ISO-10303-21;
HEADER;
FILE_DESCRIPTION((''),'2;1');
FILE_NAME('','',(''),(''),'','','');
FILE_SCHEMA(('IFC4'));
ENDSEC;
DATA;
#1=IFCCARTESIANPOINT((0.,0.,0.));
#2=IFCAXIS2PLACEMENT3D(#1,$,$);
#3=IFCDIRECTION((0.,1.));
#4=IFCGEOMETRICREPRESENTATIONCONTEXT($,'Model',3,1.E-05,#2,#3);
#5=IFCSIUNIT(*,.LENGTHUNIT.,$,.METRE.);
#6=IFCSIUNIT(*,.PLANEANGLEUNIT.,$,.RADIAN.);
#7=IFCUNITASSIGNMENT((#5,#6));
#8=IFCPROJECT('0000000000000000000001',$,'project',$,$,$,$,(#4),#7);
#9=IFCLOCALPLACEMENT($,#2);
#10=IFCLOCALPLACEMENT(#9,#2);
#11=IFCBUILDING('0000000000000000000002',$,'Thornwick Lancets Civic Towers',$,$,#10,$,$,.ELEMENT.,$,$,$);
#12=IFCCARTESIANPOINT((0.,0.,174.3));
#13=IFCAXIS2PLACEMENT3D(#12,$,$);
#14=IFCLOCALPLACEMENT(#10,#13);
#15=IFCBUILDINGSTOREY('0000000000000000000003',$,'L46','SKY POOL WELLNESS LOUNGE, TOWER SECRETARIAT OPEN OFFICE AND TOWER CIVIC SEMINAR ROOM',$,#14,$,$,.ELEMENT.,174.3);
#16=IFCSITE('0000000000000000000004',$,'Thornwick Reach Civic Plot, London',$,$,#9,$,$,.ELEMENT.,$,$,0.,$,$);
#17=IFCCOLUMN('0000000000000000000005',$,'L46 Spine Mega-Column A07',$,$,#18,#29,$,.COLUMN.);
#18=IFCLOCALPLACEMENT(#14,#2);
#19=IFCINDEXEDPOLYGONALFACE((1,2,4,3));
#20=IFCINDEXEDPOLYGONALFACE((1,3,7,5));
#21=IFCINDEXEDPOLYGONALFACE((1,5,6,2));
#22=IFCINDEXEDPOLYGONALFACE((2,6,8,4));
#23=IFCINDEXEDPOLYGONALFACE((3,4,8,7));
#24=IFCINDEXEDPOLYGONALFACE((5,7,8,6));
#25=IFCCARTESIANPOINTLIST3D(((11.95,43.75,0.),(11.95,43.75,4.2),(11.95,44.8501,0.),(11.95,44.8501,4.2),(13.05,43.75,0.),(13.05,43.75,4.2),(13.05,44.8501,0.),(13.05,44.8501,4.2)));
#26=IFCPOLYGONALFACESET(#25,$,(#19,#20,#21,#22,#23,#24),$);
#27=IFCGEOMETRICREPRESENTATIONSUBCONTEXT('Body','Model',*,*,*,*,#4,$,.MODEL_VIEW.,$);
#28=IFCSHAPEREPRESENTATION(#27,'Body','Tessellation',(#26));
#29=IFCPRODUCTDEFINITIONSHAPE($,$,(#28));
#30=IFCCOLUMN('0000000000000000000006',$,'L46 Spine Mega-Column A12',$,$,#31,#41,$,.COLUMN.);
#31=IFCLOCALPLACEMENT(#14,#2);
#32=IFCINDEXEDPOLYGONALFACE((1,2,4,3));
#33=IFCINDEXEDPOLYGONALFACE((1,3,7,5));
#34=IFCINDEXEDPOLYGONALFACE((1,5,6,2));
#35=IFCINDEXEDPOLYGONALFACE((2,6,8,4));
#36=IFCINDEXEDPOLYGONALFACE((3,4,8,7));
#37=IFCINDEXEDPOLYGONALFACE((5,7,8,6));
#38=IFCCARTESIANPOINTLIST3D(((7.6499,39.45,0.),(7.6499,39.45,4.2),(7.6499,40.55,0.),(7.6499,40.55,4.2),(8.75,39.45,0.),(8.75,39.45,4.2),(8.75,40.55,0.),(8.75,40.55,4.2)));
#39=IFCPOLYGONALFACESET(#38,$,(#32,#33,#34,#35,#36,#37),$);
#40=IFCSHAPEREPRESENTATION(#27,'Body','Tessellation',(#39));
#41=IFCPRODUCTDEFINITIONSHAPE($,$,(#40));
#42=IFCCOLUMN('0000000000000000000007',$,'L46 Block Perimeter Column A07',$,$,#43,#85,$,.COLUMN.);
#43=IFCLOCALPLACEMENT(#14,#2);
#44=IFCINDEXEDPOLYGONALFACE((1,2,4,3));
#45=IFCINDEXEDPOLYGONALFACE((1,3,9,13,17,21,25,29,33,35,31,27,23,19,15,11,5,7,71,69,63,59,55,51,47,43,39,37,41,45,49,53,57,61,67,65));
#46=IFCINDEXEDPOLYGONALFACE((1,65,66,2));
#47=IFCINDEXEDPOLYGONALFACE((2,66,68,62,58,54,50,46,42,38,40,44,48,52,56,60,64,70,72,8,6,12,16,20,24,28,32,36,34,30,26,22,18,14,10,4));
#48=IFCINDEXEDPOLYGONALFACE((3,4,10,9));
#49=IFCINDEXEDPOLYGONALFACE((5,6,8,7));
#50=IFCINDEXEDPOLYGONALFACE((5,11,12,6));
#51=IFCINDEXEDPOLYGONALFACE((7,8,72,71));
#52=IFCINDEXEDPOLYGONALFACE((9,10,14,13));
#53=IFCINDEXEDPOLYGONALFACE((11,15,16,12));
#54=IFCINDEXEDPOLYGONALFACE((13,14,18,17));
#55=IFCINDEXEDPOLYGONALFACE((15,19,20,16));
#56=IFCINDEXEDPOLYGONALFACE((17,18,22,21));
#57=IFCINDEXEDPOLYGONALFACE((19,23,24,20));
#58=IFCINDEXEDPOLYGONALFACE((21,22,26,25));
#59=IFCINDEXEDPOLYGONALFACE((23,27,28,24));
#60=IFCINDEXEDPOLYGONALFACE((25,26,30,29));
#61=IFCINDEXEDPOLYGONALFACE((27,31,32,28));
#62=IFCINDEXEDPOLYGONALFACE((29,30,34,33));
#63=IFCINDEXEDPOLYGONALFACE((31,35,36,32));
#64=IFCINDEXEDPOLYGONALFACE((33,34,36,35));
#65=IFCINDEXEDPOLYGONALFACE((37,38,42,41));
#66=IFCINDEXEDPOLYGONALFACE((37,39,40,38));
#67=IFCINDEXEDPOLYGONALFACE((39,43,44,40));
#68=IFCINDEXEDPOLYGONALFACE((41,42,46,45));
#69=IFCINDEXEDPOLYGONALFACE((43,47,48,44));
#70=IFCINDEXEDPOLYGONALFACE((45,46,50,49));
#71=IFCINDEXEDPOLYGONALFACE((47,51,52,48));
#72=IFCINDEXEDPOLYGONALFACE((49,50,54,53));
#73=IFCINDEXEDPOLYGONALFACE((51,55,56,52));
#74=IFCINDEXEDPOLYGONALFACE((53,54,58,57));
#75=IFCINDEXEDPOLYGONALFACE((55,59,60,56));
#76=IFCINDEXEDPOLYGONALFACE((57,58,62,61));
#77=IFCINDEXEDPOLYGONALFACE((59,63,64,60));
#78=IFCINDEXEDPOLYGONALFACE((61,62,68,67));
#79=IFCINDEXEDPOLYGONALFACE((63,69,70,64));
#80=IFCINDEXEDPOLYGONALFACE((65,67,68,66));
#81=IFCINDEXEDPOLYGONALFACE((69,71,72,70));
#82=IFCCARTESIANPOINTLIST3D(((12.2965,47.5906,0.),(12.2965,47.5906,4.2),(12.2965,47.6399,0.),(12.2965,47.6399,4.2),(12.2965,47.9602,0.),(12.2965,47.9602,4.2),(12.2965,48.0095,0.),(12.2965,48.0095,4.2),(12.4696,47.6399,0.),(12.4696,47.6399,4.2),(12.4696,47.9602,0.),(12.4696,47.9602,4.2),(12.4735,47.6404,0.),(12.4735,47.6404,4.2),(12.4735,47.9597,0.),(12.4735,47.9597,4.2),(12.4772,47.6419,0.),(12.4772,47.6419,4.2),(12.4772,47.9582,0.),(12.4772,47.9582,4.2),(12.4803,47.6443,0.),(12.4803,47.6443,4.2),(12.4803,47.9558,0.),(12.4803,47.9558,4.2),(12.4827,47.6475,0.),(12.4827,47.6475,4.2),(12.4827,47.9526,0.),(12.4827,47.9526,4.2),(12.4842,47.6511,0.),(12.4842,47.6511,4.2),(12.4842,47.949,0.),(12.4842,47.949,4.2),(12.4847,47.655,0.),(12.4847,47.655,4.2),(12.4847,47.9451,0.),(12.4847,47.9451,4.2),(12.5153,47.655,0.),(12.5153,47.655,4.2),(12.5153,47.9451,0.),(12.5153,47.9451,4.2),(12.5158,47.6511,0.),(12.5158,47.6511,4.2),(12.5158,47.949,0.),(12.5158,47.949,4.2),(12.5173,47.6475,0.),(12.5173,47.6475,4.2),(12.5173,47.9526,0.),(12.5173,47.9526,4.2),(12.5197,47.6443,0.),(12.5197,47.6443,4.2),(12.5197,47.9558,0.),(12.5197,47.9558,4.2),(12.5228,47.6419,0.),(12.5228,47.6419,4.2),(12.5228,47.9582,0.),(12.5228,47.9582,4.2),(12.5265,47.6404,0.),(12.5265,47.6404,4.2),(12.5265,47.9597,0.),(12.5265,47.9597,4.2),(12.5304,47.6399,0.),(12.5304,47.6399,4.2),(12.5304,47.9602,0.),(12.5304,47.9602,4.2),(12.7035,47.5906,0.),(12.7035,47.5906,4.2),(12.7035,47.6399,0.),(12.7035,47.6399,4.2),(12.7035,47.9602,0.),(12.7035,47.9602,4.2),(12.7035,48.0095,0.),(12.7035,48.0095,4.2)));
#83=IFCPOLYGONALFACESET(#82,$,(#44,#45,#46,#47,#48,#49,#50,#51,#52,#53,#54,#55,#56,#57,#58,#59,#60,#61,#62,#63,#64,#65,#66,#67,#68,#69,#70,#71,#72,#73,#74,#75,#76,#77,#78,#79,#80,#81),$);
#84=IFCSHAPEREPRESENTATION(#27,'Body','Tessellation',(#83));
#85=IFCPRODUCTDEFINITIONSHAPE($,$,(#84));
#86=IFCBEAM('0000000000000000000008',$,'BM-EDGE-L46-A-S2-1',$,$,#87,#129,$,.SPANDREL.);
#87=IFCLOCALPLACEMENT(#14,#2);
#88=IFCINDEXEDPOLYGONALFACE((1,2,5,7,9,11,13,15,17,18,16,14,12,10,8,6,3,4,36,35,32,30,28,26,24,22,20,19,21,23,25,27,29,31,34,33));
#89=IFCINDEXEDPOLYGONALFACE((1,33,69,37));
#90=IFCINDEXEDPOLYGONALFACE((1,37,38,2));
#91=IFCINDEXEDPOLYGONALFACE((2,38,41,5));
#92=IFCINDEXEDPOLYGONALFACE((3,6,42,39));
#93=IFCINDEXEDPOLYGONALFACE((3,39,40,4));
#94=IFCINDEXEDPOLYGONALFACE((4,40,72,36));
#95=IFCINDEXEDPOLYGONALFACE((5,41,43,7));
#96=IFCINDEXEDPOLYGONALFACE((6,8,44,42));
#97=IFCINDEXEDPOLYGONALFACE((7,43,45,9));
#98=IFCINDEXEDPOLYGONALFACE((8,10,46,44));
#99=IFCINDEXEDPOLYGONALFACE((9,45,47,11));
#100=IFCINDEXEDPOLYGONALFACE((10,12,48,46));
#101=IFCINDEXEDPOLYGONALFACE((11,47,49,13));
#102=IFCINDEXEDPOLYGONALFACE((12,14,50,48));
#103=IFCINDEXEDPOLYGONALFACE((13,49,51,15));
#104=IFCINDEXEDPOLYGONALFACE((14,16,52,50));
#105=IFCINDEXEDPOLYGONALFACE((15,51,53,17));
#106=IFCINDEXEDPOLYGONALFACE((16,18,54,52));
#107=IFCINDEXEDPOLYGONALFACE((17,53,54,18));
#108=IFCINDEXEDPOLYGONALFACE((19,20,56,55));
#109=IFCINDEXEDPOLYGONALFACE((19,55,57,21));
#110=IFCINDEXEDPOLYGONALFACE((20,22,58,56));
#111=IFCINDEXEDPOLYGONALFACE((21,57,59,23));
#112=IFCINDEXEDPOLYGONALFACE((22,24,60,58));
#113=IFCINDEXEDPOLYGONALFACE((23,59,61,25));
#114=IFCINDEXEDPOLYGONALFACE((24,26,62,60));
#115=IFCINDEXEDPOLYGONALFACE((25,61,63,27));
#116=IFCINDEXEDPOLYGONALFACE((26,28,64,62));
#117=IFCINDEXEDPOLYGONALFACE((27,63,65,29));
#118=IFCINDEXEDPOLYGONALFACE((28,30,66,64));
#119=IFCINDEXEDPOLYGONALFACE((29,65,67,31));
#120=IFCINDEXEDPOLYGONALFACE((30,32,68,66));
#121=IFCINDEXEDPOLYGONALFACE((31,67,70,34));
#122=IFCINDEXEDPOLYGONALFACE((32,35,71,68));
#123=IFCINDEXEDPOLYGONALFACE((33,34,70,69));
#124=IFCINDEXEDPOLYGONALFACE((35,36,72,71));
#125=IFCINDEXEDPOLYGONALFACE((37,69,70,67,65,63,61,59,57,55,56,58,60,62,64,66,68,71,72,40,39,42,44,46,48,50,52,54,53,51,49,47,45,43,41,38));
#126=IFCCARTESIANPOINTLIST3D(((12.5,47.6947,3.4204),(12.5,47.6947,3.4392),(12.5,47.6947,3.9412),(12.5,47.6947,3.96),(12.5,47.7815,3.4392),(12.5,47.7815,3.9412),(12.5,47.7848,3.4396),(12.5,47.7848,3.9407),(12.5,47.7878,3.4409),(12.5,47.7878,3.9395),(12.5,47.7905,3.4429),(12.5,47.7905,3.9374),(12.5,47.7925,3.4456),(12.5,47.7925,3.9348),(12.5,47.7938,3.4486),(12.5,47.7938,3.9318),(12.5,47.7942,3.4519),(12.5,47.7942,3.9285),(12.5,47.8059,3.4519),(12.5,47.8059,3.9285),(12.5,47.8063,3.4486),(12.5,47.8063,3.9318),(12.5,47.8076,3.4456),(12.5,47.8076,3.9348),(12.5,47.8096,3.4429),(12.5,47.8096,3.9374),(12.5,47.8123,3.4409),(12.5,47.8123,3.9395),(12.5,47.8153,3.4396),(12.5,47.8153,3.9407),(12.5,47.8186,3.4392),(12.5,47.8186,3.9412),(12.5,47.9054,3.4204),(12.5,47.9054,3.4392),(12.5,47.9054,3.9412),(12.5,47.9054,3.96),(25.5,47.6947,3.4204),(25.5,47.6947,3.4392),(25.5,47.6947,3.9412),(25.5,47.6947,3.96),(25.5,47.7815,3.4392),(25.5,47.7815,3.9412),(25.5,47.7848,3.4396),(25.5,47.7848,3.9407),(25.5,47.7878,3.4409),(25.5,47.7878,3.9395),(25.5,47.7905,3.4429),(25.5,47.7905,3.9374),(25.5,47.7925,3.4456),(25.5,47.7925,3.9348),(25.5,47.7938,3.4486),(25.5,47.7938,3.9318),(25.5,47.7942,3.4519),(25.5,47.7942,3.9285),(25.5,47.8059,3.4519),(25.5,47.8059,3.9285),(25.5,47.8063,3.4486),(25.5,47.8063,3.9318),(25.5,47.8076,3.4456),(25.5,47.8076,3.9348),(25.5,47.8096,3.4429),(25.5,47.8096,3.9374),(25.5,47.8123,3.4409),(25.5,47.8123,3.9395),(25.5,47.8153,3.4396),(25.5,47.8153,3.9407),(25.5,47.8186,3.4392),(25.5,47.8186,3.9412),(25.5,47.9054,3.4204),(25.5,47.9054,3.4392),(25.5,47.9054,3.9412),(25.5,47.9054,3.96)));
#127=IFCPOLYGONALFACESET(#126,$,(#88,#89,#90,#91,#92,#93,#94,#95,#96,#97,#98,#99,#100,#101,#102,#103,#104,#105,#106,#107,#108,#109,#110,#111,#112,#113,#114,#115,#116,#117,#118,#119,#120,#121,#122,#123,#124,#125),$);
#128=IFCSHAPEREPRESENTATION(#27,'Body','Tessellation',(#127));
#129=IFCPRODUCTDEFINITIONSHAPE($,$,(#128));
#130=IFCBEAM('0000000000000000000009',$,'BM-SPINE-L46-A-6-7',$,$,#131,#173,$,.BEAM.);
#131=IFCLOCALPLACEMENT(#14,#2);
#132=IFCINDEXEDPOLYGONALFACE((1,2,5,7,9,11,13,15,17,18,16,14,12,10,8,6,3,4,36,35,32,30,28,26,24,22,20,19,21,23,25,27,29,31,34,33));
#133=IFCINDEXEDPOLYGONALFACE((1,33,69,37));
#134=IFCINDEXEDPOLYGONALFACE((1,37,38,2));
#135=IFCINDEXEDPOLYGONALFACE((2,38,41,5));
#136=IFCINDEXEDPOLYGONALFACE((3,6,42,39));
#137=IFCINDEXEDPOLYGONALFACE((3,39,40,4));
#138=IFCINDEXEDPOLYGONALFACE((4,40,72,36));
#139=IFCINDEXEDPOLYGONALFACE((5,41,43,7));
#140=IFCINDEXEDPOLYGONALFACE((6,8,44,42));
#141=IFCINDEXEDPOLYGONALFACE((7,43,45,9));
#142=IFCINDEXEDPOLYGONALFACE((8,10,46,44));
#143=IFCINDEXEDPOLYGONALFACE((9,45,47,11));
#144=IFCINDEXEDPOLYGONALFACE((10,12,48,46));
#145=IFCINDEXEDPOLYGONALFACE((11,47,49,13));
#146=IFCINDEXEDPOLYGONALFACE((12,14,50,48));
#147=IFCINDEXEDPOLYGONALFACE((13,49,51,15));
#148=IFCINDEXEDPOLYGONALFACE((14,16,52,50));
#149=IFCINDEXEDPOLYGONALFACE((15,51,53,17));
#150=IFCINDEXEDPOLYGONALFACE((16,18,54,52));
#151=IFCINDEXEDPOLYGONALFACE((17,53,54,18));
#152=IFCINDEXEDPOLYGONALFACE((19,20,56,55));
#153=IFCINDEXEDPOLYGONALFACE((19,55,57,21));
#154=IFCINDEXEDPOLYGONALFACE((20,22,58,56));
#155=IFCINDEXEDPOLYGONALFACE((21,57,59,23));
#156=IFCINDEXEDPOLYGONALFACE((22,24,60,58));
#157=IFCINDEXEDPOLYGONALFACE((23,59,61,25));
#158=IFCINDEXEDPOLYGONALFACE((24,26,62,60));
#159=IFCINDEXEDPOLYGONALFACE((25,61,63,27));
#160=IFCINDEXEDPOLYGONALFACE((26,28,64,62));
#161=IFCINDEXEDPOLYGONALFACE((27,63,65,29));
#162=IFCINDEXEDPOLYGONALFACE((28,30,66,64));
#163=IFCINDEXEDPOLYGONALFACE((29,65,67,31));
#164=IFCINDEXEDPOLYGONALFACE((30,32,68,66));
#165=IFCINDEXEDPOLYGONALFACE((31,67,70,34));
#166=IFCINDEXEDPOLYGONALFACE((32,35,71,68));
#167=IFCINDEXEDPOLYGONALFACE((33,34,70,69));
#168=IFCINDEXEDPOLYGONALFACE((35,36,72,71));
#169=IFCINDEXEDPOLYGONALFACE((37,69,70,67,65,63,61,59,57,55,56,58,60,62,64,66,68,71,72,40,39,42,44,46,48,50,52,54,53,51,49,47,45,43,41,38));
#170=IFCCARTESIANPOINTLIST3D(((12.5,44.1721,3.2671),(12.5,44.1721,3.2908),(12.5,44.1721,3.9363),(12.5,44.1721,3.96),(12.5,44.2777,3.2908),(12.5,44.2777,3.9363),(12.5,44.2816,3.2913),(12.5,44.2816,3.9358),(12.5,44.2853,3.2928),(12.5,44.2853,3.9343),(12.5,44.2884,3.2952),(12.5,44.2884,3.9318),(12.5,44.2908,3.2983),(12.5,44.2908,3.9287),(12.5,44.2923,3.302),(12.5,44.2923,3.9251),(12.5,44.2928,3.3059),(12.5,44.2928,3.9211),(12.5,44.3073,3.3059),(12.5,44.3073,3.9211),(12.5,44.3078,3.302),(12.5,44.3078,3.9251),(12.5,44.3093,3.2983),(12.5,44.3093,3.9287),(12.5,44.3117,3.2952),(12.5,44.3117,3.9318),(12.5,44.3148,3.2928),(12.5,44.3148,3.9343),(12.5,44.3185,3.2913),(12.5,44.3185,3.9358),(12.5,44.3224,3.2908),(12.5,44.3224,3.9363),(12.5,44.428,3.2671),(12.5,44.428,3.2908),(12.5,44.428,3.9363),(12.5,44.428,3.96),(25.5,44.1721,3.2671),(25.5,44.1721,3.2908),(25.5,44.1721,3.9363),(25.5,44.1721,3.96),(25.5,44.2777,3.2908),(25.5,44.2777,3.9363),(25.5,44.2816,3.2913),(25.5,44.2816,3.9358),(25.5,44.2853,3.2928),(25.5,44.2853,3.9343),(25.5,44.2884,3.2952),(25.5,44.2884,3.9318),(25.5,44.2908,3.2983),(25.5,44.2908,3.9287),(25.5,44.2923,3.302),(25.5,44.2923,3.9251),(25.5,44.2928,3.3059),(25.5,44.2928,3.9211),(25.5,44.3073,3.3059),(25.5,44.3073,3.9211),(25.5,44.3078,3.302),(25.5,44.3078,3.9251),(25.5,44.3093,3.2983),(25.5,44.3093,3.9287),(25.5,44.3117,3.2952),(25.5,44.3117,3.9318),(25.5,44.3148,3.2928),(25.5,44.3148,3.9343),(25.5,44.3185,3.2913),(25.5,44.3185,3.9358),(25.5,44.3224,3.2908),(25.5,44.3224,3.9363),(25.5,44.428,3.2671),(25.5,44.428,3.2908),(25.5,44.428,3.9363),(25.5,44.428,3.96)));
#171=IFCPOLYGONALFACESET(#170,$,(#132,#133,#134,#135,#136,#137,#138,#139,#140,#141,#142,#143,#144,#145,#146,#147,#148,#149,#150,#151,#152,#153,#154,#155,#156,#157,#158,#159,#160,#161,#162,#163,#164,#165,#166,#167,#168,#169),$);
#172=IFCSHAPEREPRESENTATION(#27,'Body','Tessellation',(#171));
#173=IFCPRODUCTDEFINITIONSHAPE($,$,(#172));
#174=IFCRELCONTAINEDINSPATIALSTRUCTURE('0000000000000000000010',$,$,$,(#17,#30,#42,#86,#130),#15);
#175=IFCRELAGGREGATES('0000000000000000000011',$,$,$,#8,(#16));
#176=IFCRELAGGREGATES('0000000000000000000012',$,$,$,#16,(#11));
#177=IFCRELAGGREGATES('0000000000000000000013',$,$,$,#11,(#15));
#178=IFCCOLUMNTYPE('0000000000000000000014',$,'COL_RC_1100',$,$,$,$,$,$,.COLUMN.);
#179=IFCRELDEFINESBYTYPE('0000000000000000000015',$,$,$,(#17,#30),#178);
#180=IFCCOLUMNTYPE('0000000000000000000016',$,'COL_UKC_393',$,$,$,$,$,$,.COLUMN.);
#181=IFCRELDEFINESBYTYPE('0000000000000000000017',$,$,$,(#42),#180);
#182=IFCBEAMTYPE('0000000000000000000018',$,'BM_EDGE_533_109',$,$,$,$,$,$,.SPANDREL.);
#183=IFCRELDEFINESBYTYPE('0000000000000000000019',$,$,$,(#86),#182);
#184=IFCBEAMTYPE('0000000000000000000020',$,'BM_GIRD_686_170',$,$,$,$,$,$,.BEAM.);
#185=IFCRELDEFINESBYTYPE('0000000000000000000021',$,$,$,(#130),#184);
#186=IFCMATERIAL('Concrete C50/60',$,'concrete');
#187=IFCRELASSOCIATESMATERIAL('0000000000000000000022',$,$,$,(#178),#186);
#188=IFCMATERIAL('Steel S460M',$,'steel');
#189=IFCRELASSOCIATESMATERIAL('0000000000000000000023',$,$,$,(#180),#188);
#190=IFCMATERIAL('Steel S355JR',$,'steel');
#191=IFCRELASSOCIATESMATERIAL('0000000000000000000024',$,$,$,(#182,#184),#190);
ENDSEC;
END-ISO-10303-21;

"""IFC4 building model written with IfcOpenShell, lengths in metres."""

from ifc_helpers import new_model, si_unit, direction, frame, origin, origin_2d, place, context, subcontext, project, spatial, rectangle, i_section, extrude, material, material_profile, profile_set, type_object, element, save


model = new_model("IFC4")

# Units and contexts
model_context = context("Model", 3, precision=1e-05, world=origin(), true_north=direction((0.0, 1.0)))
body_context = subcontext(model_context, "Body", "Model", "MODEL_VIEW")
ifc_project = project(units=[si_unit("LENGTHUNIT", "METRE"), si_unit("PLANEANGLEUNIT", "RADIAN")], contexts=[model_context])

# Site, building, storey
site_placement = place(None, origin())
site = spatial("IfcSite", under=ifc_project, at=site_placement, Name="Thornwick Reach Civic Plot, London", CompositionType="ELEMENT", RefElevation=0.0)
building_placement = place(site_placement, origin())
building = spatial("IfcBuilding", under=site, at=building_placement, Name="Thornwick Lancets Civic Towers", CompositionType="ELEMENT")
storey_placement = place(building_placement, frame((0.0, 0.0, 174.3)))
storey = spatial("IfcBuildingStorey", under=building, at=storey_placement, Name="L46", Description="SKY POOL WELLNESS LOUNGE, TOWER SECRETARIAT OPEN OFFICE AND TOWER CIVIC SEMINAR ROOM", CompositionType="ELEMENT", Elevation=174.3)

# Columns
ifc_material_1 = material(Name="Concrete C50/60", Category="concrete")
ifc_material_profile_1 = material_profile(ifc_material_1, rectangle(XDim=1.1001, YDim=1.1001, at=origin_2d()), Name="RC 1100x1100")
ifc_profile_set_1 = profile_set([ifc_material_profile_1], Name="Concrete C50/60")
column_type_1 = type_object("IfcColumnType", Name="COL_RC_1100", PredefinedType="COLUMN", material=ifc_profile_set_1)
for number, where, z_axis, x_axis, name in (
    (1, (12.5, 44.3, 0.0), (0.0, 0.0, 1.0), (1.0, 0.0, 0.0), "L46 Spine Mega-Column A07"),
    (2, (8.2, 40.0, 0.0), (0.0, 0.0, 1.0), (1.0, 0.0, 0.0), "L46 Spine Mega-Column A12"),
):
    element("IfcColumn", number, at=place(storey_placement, frame(where, z_axis=z_axis, x_axis=x_axis)), inside=storey, type_object=column_type_1, Name=name, PredefinedType="COLUMN", context=body_context, shape_type="SweptSolid", body=[
        extrude(rectangle(XDim=1.1001, YDim=1.1001, at=origin_2d()), origin(), (0.0, 0.0, 1.0), 4.2),
    ])
ifc_material_2 = material(Name="Steel S460M", Category="steel")
ifc_material_profile_2 = material_profile(ifc_material_2, i_section(OverallWidth=0.407, OverallDepth=0.4189, WebThickness=0.0305, FlangeThickness=0.0493, FilletRadius=0.0151, at=origin_2d()), Name="UKC 356x406x393")
ifc_profile_set_2 = profile_set([ifc_material_profile_2], Name="Steel S460M")
column_type_2 = type_object("IfcColumnType", Name="COL_UKC_393", PredefinedType="COLUMN", material=ifc_profile_set_2)
column_placement = place(storey_placement, frame((12.5, 47.8, 0.0), z_axis=(0.0, 0.0, 1.0), x_axis=(1.0, 0.0, 0.0)))
element("IfcColumn", 3, at=column_placement, inside=storey, type_object=column_type_2, Name="L46 Block Perimeter Column A07", PredefinedType="COLUMN", context=body_context, shape_type="SweptSolid", body=[
    extrude(i_section(OverallWidth=0.407, OverallDepth=0.4189, WebThickness=0.0305, FlangeThickness=0.0493, FilletRadius=0.0151, at=origin_2d()), origin(), (0.0, 0.0, 1.0), 4.2),
])

# Beams
ifc_material_3 = material(Name="Steel S355JR", Category="steel")
ifc_material_profile_3 = material_profile(ifc_material_3, i_section(OverallWidth=0.2107, OverallDepth=0.5396, WebThickness=0.0117, FlangeThickness=0.0188, FilletRadius=0.0127, at=origin_2d()), Name="UKB 533x210x109")
ifc_profile_set_3 = profile_set([ifc_material_profile_3], Name="Steel S355JR")
beam_type_1 = type_object("IfcBeamType", Name="BM_EDGE_533_109", PredefinedType="SPANDREL", material=ifc_profile_set_3)
beam_1_placement = place(storey_placement, frame((12.5, 47.8, 3.6902), z_axis=(1.0, 0.0, 0.0), x_axis=(0.0, 1.0, 0.0)))
element("IfcBeam", 4, at=beam_1_placement, inside=storey, type_object=beam_type_1, Name="BM-EDGE-L46-A-S2-1", PredefinedType="SPANDREL", context=body_context, shape_type="SweptSolid", body=[
    extrude(i_section(OverallWidth=0.2107, OverallDepth=0.5396, WebThickness=0.0117, FlangeThickness=0.0188, FilletRadius=0.0127, at=origin_2d()), origin(), (0.0, 0.0, 1.0), 13.0),
])
ifc_material_profile_4 = material_profile(ifc_material_3, i_section(OverallWidth=0.2559, OverallDepth=0.6929, WebThickness=0.0144, FlangeThickness=0.0237, FilletRadius=0.0151, at=origin_2d()), Name="UKB 686x254x170")
ifc_profile_set_4 = profile_set([ifc_material_profile_4], Name="Steel S355JR")
beam_type_2 = type_object("IfcBeamType", Name="BM_GIRD_686_170", PredefinedType="BEAM", material=ifc_profile_set_4)
beam_2_placement = place(storey_placement, frame((12.5, 44.3, 3.6135), z_axis=(1.0, 0.0, 0.0), x_axis=(0.0, 1.0, 0.0)))
element("IfcBeam", 5, at=beam_2_placement, inside=storey, type_object=beam_type_2, Name="BM-SPINE-L46-A-6-7", PredefinedType="BEAM", context=body_context, shape_type="SweptSolid", body=[
    extrude(i_section(OverallWidth=0.2559, OverallDepth=0.6929, WebThickness=0.0144, FlangeThickness=0.0237, FilletRadius=0.0151, at=origin_2d()), origin(), (0.0, 0.0, 1.0), 13.0),
])

save(model, "model.ifc")
